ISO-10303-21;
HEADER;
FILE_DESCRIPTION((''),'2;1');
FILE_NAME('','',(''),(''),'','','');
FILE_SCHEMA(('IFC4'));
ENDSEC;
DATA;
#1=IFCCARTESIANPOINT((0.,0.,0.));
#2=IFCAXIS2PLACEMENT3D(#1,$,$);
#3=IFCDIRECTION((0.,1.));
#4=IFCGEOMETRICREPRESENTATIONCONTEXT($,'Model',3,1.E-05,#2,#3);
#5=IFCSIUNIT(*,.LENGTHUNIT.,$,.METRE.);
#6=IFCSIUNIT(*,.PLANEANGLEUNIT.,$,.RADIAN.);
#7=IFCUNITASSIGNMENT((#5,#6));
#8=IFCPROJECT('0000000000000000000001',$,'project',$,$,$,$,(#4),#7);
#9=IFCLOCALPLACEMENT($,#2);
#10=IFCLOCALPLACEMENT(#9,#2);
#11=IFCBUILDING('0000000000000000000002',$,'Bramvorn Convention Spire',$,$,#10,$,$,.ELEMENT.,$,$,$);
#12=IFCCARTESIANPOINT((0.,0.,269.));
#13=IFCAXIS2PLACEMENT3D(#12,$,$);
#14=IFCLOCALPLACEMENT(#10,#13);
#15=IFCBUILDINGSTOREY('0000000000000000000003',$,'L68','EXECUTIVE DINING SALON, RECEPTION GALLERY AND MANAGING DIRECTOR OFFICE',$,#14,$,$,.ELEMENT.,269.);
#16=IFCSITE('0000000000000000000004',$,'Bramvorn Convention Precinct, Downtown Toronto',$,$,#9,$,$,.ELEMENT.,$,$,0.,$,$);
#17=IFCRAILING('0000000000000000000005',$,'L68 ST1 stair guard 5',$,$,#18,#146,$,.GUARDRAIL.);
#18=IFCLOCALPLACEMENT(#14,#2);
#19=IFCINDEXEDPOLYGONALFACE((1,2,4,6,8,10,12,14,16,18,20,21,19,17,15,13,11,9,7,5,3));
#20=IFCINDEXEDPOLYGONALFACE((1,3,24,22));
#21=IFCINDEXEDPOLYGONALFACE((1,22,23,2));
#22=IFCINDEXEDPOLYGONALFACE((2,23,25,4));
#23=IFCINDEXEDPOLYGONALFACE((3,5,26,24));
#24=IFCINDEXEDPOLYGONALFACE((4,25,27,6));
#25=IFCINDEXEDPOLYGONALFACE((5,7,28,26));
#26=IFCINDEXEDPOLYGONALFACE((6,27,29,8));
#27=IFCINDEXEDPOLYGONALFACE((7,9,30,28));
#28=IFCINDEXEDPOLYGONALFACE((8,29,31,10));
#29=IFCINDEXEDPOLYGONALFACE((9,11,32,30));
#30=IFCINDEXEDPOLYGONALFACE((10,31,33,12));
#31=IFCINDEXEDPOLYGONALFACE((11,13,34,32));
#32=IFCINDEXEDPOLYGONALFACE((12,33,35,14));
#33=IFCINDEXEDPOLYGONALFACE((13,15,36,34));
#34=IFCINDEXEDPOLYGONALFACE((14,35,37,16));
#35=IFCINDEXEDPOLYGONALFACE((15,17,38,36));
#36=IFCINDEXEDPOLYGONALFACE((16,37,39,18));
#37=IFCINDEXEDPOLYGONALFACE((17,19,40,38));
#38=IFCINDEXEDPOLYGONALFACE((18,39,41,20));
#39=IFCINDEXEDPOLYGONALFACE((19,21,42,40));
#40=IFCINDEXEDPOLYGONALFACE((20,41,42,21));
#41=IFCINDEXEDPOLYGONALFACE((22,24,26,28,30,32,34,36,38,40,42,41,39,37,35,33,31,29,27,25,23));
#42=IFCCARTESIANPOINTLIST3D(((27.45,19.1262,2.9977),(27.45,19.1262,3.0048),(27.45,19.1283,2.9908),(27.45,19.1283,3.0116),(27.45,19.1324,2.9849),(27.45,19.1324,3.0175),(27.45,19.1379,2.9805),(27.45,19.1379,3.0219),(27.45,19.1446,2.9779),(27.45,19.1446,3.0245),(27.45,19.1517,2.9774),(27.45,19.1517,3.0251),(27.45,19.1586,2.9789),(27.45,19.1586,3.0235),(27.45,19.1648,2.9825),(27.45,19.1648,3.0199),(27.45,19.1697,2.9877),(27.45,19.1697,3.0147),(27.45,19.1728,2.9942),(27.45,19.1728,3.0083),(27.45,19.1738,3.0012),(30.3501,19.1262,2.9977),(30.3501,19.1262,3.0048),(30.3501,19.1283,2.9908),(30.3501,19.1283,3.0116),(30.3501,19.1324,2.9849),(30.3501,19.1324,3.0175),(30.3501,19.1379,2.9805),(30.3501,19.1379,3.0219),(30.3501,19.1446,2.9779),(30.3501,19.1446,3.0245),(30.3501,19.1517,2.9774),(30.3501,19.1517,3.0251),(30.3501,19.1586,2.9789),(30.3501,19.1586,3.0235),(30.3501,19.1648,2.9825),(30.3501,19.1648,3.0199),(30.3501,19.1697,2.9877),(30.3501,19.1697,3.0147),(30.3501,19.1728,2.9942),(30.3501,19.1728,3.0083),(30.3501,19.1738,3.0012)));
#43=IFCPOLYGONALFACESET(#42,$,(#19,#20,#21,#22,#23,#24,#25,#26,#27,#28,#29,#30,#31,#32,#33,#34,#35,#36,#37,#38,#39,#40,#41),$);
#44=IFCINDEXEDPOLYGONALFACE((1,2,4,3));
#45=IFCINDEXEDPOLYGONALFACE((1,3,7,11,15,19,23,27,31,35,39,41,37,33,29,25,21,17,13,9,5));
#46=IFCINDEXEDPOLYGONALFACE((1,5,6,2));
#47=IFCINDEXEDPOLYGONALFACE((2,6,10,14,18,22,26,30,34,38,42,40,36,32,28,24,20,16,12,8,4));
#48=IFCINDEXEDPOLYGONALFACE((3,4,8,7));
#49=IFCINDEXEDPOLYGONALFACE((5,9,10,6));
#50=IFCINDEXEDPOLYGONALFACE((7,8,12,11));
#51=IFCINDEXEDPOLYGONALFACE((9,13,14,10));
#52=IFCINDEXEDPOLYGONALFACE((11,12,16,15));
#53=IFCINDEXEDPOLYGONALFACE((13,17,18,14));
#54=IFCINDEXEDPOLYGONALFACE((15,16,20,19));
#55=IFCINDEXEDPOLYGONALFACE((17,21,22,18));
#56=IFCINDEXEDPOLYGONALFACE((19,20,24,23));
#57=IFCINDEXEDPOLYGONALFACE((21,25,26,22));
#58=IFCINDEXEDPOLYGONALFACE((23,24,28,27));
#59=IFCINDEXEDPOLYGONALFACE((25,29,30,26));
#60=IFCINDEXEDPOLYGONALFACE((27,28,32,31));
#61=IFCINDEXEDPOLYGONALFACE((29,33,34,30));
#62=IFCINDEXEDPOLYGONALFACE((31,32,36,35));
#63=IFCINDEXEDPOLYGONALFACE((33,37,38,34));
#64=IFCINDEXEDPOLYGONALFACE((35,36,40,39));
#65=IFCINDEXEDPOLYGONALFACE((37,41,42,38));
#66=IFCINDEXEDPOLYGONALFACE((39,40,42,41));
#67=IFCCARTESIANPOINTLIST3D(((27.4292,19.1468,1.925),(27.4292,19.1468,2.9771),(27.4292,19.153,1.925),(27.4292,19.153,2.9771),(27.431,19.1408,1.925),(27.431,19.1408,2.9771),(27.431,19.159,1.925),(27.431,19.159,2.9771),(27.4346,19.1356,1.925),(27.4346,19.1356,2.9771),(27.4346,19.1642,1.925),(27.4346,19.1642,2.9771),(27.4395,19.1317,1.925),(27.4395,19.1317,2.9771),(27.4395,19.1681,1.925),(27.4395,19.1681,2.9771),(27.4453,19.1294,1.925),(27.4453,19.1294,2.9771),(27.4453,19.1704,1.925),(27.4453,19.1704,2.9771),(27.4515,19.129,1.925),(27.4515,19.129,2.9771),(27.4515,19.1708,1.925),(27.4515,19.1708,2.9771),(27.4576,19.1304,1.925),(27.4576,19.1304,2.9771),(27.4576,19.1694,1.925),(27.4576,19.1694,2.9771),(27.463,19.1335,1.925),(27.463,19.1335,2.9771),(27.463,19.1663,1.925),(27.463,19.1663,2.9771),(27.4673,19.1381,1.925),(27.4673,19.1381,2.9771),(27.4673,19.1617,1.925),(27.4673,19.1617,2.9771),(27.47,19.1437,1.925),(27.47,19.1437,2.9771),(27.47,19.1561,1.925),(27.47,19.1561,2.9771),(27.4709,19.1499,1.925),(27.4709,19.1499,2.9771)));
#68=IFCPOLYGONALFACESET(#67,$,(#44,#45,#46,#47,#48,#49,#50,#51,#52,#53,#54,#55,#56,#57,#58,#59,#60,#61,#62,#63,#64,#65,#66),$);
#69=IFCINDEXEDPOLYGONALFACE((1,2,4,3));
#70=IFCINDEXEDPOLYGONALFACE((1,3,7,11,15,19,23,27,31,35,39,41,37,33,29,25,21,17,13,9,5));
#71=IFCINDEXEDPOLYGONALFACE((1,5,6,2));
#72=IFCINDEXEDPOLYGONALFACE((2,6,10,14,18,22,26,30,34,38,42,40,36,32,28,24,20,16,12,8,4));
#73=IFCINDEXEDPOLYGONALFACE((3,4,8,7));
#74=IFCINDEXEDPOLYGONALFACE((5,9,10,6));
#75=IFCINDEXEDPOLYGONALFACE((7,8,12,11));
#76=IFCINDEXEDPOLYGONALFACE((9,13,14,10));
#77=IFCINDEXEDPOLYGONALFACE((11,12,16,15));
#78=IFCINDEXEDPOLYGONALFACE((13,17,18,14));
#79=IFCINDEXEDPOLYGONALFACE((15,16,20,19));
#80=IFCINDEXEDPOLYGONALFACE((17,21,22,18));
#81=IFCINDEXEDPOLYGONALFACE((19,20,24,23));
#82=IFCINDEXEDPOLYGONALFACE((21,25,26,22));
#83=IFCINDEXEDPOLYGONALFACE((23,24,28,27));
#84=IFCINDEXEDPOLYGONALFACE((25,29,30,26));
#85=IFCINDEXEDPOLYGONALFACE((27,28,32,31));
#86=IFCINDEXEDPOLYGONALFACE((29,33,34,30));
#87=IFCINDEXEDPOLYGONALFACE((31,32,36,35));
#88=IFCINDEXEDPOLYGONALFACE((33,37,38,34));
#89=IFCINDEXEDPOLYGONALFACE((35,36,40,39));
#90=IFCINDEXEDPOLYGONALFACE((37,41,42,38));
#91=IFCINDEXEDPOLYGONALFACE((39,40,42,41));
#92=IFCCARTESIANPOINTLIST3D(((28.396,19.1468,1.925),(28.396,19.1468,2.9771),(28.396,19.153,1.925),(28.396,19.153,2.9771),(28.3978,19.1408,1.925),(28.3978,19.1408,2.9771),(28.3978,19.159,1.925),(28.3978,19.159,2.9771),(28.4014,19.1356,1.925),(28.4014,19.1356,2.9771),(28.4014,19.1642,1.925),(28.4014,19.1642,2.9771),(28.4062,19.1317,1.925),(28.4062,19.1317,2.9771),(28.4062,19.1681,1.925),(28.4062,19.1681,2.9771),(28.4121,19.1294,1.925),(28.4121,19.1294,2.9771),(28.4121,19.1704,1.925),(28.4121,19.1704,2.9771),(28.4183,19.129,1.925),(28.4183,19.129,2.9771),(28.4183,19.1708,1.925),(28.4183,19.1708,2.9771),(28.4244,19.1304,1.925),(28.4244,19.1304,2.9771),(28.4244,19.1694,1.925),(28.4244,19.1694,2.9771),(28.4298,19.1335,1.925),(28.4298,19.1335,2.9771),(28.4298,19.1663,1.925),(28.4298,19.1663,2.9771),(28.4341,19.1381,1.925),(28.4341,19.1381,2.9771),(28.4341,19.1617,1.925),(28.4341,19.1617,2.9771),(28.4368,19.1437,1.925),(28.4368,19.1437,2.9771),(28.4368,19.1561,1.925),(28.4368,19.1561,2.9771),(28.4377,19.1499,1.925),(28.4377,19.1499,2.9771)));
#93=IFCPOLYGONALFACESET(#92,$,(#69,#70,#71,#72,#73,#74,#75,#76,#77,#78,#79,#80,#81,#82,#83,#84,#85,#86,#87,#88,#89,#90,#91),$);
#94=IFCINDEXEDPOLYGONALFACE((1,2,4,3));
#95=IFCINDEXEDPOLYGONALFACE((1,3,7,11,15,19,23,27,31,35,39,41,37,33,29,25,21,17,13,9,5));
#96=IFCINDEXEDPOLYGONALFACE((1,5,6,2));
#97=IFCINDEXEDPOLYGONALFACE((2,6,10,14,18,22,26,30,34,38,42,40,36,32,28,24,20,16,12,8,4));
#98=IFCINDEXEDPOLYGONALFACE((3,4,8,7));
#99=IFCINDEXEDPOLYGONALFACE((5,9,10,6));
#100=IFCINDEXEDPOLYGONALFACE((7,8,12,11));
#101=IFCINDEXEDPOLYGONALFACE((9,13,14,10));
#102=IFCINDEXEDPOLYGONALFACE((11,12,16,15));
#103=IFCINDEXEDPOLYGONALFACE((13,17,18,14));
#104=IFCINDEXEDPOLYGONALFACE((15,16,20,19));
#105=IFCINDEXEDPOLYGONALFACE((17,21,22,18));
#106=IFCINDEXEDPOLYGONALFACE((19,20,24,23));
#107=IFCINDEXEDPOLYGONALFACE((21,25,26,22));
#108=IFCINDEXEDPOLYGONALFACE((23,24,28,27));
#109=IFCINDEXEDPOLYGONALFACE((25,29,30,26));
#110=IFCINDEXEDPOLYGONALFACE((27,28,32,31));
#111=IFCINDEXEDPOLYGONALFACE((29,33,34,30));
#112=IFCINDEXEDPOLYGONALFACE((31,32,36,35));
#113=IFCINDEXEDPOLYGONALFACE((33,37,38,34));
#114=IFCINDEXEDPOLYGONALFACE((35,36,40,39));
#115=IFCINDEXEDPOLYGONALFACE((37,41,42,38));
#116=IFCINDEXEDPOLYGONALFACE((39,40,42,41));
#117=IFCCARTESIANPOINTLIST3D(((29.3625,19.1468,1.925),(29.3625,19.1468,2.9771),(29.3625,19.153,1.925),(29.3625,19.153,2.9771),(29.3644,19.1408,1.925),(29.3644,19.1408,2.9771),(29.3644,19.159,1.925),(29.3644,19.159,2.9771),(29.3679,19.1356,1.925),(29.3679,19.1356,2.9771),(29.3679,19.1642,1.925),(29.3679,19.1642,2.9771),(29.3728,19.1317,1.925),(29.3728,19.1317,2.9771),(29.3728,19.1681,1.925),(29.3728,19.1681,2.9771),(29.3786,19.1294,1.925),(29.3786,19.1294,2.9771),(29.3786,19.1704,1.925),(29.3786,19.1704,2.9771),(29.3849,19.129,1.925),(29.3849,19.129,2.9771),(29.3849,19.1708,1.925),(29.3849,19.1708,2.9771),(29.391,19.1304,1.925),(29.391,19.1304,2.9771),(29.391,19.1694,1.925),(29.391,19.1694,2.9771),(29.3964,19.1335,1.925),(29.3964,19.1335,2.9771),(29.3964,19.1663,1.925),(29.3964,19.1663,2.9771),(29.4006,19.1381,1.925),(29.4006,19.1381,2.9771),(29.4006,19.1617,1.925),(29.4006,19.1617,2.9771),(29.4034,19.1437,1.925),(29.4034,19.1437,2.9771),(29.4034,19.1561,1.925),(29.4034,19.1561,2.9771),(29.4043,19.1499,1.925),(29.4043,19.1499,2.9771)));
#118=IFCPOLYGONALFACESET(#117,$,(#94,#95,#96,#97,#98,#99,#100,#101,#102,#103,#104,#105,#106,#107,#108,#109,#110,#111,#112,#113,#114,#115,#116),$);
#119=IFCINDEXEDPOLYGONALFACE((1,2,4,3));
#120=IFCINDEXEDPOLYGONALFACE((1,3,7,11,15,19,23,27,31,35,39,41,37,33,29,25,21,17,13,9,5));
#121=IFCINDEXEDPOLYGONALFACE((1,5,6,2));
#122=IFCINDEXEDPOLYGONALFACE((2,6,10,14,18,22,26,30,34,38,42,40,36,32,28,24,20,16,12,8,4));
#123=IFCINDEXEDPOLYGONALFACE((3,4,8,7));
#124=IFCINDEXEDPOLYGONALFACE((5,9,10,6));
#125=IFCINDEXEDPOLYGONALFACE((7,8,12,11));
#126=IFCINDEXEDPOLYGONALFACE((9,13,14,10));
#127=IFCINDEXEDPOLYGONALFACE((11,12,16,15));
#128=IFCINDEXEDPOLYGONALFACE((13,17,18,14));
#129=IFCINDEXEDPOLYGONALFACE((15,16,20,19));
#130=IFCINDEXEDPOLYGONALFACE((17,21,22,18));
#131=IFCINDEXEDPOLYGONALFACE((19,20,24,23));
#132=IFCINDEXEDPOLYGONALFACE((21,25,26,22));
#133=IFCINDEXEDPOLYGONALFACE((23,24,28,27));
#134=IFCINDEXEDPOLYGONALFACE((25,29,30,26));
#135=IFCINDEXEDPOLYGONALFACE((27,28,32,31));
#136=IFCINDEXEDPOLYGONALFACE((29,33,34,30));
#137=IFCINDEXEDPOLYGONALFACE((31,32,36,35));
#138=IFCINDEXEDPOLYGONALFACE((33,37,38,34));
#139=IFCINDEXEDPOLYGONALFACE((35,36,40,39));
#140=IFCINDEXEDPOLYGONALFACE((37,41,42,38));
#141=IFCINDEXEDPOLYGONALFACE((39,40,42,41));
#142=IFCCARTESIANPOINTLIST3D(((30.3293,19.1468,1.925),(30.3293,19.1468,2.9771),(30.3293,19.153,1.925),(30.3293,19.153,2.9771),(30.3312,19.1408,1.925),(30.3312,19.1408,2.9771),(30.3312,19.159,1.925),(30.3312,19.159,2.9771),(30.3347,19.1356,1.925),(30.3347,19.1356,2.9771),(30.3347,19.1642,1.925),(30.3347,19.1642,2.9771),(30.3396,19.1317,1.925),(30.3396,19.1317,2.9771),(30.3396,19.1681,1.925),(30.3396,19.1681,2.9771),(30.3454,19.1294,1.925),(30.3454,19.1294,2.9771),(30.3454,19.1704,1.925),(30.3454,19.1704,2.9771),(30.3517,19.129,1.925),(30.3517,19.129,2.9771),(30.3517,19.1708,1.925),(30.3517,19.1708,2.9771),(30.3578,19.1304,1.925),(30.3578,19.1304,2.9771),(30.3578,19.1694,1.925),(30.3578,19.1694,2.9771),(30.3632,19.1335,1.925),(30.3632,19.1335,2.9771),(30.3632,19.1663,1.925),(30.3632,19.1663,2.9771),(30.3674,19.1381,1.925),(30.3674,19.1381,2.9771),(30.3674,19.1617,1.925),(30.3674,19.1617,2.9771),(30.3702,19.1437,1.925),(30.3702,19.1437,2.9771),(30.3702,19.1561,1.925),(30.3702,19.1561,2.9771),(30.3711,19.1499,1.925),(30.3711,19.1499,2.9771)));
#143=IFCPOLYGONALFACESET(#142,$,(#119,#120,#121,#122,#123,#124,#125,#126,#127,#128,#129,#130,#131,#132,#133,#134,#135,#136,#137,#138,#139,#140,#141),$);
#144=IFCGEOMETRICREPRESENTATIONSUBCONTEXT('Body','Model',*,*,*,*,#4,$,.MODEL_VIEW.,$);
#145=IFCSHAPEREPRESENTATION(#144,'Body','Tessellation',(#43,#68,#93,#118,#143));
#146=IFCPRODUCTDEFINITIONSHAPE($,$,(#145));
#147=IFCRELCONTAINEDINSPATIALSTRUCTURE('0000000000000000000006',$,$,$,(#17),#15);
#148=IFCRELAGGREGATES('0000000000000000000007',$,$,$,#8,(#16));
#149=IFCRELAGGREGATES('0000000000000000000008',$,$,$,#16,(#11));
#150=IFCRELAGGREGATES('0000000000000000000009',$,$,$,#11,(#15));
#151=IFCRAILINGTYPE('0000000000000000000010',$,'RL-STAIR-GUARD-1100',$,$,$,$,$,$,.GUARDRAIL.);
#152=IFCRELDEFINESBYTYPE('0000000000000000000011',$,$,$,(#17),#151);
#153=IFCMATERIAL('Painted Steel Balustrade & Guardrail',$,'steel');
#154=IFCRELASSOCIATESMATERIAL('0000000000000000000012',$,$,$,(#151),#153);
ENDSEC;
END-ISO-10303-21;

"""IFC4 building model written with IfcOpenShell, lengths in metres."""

from ifc_helpers import new_model, si_unit, direction, frame, origin, origin_2d, place, context, subcontext, project, spatial, circle, extrude, material, type_object, element, save


model = new_model("IFC4")

# Units and contexts
model_context = context("Model", 3, precision=1e-05, world=origin(), true_north=direction((0.0, 1.0)))
body_context = subcontext(model_context, "Body", "Model", "MODEL_VIEW")
ifc_project = project(units=[si_unit("LENGTHUNIT", "METRE"), si_unit("PLANEANGLEUNIT", "RADIAN")], contexts=[model_context])

# Site, building, storey
site_placement = place(None, origin())
site = spatial("IfcSite", under=ifc_project, at=site_placement, Name="Bramvorn Convention Precinct, Downtown Toronto", CompositionType="ELEMENT", RefElevation=0.0)
building_placement = place(site_placement, origin())
building = spatial("IfcBuilding", under=site, at=building_placement, Name="Bramvorn Convention Spire", CompositionType="ELEMENT")
storey_placement = place(building_placement, frame((0.0, 0.0, 269.0)))
storey = spatial("IfcBuildingStorey", under=building, at=storey_placement, Name="L68", Description="EXECUTIVE DINING SALON, RECEPTION GALLERY AND MANAGING DIRECTOR OFFICE", CompositionType="ELEMENT", Elevation=269.0)

# Railing
ifc_material_1 = material(Name="Painted Steel Balustrade & Guardrail", Category="steel")
railing_type = type_object("IfcRailingType", Name="RL-STAIR-GUARD-1100", PredefinedType="GUARDRAIL", material=ifc_material_1)
railing_1_placement = place(storey_placement, frame((27.45, 19.1499, 1.925)))
element("IfcRailing", 1, at=railing_1_placement, inside=storey, type_object=railing_type, Name="L68 ST1 stair guard 5", PredefinedType="GUARDRAIL", context=body_context, shape_type="SweptSolid", body=[
    extrude(circle(Radius=0.0239, at=origin_2d()), frame((0.0, 0.0, 1.0762), z_axis=(1.0, 0.0, 0.0), x_axis=(0.0, 1.0, 0.0)), (0.0, 0.0, 1.0), 2.9001),
    extrude(circle(Radius=0.021, at=origin_2d()), origin(), (0.0, 0.0, 1.0), 1.052),
    extrude(circle(Radius=0.021, at=origin_2d()), frame((0.9668, 0.0, 0.0)), (0.0, 0.0, 1.0), 1.052),
    extrude(circle(Radius=0.021, at=origin_2d()), frame((1.9333, 0.0, 0.0)), (0.0, 0.0, 1.0), 1.052),
    extrude(circle(Radius=0.021, at=origin_2d()), frame((2.9001, 0.0, 0.0)), (0.0, 0.0, 1.0), 1.052),
])

save(model, "model.ifc")
